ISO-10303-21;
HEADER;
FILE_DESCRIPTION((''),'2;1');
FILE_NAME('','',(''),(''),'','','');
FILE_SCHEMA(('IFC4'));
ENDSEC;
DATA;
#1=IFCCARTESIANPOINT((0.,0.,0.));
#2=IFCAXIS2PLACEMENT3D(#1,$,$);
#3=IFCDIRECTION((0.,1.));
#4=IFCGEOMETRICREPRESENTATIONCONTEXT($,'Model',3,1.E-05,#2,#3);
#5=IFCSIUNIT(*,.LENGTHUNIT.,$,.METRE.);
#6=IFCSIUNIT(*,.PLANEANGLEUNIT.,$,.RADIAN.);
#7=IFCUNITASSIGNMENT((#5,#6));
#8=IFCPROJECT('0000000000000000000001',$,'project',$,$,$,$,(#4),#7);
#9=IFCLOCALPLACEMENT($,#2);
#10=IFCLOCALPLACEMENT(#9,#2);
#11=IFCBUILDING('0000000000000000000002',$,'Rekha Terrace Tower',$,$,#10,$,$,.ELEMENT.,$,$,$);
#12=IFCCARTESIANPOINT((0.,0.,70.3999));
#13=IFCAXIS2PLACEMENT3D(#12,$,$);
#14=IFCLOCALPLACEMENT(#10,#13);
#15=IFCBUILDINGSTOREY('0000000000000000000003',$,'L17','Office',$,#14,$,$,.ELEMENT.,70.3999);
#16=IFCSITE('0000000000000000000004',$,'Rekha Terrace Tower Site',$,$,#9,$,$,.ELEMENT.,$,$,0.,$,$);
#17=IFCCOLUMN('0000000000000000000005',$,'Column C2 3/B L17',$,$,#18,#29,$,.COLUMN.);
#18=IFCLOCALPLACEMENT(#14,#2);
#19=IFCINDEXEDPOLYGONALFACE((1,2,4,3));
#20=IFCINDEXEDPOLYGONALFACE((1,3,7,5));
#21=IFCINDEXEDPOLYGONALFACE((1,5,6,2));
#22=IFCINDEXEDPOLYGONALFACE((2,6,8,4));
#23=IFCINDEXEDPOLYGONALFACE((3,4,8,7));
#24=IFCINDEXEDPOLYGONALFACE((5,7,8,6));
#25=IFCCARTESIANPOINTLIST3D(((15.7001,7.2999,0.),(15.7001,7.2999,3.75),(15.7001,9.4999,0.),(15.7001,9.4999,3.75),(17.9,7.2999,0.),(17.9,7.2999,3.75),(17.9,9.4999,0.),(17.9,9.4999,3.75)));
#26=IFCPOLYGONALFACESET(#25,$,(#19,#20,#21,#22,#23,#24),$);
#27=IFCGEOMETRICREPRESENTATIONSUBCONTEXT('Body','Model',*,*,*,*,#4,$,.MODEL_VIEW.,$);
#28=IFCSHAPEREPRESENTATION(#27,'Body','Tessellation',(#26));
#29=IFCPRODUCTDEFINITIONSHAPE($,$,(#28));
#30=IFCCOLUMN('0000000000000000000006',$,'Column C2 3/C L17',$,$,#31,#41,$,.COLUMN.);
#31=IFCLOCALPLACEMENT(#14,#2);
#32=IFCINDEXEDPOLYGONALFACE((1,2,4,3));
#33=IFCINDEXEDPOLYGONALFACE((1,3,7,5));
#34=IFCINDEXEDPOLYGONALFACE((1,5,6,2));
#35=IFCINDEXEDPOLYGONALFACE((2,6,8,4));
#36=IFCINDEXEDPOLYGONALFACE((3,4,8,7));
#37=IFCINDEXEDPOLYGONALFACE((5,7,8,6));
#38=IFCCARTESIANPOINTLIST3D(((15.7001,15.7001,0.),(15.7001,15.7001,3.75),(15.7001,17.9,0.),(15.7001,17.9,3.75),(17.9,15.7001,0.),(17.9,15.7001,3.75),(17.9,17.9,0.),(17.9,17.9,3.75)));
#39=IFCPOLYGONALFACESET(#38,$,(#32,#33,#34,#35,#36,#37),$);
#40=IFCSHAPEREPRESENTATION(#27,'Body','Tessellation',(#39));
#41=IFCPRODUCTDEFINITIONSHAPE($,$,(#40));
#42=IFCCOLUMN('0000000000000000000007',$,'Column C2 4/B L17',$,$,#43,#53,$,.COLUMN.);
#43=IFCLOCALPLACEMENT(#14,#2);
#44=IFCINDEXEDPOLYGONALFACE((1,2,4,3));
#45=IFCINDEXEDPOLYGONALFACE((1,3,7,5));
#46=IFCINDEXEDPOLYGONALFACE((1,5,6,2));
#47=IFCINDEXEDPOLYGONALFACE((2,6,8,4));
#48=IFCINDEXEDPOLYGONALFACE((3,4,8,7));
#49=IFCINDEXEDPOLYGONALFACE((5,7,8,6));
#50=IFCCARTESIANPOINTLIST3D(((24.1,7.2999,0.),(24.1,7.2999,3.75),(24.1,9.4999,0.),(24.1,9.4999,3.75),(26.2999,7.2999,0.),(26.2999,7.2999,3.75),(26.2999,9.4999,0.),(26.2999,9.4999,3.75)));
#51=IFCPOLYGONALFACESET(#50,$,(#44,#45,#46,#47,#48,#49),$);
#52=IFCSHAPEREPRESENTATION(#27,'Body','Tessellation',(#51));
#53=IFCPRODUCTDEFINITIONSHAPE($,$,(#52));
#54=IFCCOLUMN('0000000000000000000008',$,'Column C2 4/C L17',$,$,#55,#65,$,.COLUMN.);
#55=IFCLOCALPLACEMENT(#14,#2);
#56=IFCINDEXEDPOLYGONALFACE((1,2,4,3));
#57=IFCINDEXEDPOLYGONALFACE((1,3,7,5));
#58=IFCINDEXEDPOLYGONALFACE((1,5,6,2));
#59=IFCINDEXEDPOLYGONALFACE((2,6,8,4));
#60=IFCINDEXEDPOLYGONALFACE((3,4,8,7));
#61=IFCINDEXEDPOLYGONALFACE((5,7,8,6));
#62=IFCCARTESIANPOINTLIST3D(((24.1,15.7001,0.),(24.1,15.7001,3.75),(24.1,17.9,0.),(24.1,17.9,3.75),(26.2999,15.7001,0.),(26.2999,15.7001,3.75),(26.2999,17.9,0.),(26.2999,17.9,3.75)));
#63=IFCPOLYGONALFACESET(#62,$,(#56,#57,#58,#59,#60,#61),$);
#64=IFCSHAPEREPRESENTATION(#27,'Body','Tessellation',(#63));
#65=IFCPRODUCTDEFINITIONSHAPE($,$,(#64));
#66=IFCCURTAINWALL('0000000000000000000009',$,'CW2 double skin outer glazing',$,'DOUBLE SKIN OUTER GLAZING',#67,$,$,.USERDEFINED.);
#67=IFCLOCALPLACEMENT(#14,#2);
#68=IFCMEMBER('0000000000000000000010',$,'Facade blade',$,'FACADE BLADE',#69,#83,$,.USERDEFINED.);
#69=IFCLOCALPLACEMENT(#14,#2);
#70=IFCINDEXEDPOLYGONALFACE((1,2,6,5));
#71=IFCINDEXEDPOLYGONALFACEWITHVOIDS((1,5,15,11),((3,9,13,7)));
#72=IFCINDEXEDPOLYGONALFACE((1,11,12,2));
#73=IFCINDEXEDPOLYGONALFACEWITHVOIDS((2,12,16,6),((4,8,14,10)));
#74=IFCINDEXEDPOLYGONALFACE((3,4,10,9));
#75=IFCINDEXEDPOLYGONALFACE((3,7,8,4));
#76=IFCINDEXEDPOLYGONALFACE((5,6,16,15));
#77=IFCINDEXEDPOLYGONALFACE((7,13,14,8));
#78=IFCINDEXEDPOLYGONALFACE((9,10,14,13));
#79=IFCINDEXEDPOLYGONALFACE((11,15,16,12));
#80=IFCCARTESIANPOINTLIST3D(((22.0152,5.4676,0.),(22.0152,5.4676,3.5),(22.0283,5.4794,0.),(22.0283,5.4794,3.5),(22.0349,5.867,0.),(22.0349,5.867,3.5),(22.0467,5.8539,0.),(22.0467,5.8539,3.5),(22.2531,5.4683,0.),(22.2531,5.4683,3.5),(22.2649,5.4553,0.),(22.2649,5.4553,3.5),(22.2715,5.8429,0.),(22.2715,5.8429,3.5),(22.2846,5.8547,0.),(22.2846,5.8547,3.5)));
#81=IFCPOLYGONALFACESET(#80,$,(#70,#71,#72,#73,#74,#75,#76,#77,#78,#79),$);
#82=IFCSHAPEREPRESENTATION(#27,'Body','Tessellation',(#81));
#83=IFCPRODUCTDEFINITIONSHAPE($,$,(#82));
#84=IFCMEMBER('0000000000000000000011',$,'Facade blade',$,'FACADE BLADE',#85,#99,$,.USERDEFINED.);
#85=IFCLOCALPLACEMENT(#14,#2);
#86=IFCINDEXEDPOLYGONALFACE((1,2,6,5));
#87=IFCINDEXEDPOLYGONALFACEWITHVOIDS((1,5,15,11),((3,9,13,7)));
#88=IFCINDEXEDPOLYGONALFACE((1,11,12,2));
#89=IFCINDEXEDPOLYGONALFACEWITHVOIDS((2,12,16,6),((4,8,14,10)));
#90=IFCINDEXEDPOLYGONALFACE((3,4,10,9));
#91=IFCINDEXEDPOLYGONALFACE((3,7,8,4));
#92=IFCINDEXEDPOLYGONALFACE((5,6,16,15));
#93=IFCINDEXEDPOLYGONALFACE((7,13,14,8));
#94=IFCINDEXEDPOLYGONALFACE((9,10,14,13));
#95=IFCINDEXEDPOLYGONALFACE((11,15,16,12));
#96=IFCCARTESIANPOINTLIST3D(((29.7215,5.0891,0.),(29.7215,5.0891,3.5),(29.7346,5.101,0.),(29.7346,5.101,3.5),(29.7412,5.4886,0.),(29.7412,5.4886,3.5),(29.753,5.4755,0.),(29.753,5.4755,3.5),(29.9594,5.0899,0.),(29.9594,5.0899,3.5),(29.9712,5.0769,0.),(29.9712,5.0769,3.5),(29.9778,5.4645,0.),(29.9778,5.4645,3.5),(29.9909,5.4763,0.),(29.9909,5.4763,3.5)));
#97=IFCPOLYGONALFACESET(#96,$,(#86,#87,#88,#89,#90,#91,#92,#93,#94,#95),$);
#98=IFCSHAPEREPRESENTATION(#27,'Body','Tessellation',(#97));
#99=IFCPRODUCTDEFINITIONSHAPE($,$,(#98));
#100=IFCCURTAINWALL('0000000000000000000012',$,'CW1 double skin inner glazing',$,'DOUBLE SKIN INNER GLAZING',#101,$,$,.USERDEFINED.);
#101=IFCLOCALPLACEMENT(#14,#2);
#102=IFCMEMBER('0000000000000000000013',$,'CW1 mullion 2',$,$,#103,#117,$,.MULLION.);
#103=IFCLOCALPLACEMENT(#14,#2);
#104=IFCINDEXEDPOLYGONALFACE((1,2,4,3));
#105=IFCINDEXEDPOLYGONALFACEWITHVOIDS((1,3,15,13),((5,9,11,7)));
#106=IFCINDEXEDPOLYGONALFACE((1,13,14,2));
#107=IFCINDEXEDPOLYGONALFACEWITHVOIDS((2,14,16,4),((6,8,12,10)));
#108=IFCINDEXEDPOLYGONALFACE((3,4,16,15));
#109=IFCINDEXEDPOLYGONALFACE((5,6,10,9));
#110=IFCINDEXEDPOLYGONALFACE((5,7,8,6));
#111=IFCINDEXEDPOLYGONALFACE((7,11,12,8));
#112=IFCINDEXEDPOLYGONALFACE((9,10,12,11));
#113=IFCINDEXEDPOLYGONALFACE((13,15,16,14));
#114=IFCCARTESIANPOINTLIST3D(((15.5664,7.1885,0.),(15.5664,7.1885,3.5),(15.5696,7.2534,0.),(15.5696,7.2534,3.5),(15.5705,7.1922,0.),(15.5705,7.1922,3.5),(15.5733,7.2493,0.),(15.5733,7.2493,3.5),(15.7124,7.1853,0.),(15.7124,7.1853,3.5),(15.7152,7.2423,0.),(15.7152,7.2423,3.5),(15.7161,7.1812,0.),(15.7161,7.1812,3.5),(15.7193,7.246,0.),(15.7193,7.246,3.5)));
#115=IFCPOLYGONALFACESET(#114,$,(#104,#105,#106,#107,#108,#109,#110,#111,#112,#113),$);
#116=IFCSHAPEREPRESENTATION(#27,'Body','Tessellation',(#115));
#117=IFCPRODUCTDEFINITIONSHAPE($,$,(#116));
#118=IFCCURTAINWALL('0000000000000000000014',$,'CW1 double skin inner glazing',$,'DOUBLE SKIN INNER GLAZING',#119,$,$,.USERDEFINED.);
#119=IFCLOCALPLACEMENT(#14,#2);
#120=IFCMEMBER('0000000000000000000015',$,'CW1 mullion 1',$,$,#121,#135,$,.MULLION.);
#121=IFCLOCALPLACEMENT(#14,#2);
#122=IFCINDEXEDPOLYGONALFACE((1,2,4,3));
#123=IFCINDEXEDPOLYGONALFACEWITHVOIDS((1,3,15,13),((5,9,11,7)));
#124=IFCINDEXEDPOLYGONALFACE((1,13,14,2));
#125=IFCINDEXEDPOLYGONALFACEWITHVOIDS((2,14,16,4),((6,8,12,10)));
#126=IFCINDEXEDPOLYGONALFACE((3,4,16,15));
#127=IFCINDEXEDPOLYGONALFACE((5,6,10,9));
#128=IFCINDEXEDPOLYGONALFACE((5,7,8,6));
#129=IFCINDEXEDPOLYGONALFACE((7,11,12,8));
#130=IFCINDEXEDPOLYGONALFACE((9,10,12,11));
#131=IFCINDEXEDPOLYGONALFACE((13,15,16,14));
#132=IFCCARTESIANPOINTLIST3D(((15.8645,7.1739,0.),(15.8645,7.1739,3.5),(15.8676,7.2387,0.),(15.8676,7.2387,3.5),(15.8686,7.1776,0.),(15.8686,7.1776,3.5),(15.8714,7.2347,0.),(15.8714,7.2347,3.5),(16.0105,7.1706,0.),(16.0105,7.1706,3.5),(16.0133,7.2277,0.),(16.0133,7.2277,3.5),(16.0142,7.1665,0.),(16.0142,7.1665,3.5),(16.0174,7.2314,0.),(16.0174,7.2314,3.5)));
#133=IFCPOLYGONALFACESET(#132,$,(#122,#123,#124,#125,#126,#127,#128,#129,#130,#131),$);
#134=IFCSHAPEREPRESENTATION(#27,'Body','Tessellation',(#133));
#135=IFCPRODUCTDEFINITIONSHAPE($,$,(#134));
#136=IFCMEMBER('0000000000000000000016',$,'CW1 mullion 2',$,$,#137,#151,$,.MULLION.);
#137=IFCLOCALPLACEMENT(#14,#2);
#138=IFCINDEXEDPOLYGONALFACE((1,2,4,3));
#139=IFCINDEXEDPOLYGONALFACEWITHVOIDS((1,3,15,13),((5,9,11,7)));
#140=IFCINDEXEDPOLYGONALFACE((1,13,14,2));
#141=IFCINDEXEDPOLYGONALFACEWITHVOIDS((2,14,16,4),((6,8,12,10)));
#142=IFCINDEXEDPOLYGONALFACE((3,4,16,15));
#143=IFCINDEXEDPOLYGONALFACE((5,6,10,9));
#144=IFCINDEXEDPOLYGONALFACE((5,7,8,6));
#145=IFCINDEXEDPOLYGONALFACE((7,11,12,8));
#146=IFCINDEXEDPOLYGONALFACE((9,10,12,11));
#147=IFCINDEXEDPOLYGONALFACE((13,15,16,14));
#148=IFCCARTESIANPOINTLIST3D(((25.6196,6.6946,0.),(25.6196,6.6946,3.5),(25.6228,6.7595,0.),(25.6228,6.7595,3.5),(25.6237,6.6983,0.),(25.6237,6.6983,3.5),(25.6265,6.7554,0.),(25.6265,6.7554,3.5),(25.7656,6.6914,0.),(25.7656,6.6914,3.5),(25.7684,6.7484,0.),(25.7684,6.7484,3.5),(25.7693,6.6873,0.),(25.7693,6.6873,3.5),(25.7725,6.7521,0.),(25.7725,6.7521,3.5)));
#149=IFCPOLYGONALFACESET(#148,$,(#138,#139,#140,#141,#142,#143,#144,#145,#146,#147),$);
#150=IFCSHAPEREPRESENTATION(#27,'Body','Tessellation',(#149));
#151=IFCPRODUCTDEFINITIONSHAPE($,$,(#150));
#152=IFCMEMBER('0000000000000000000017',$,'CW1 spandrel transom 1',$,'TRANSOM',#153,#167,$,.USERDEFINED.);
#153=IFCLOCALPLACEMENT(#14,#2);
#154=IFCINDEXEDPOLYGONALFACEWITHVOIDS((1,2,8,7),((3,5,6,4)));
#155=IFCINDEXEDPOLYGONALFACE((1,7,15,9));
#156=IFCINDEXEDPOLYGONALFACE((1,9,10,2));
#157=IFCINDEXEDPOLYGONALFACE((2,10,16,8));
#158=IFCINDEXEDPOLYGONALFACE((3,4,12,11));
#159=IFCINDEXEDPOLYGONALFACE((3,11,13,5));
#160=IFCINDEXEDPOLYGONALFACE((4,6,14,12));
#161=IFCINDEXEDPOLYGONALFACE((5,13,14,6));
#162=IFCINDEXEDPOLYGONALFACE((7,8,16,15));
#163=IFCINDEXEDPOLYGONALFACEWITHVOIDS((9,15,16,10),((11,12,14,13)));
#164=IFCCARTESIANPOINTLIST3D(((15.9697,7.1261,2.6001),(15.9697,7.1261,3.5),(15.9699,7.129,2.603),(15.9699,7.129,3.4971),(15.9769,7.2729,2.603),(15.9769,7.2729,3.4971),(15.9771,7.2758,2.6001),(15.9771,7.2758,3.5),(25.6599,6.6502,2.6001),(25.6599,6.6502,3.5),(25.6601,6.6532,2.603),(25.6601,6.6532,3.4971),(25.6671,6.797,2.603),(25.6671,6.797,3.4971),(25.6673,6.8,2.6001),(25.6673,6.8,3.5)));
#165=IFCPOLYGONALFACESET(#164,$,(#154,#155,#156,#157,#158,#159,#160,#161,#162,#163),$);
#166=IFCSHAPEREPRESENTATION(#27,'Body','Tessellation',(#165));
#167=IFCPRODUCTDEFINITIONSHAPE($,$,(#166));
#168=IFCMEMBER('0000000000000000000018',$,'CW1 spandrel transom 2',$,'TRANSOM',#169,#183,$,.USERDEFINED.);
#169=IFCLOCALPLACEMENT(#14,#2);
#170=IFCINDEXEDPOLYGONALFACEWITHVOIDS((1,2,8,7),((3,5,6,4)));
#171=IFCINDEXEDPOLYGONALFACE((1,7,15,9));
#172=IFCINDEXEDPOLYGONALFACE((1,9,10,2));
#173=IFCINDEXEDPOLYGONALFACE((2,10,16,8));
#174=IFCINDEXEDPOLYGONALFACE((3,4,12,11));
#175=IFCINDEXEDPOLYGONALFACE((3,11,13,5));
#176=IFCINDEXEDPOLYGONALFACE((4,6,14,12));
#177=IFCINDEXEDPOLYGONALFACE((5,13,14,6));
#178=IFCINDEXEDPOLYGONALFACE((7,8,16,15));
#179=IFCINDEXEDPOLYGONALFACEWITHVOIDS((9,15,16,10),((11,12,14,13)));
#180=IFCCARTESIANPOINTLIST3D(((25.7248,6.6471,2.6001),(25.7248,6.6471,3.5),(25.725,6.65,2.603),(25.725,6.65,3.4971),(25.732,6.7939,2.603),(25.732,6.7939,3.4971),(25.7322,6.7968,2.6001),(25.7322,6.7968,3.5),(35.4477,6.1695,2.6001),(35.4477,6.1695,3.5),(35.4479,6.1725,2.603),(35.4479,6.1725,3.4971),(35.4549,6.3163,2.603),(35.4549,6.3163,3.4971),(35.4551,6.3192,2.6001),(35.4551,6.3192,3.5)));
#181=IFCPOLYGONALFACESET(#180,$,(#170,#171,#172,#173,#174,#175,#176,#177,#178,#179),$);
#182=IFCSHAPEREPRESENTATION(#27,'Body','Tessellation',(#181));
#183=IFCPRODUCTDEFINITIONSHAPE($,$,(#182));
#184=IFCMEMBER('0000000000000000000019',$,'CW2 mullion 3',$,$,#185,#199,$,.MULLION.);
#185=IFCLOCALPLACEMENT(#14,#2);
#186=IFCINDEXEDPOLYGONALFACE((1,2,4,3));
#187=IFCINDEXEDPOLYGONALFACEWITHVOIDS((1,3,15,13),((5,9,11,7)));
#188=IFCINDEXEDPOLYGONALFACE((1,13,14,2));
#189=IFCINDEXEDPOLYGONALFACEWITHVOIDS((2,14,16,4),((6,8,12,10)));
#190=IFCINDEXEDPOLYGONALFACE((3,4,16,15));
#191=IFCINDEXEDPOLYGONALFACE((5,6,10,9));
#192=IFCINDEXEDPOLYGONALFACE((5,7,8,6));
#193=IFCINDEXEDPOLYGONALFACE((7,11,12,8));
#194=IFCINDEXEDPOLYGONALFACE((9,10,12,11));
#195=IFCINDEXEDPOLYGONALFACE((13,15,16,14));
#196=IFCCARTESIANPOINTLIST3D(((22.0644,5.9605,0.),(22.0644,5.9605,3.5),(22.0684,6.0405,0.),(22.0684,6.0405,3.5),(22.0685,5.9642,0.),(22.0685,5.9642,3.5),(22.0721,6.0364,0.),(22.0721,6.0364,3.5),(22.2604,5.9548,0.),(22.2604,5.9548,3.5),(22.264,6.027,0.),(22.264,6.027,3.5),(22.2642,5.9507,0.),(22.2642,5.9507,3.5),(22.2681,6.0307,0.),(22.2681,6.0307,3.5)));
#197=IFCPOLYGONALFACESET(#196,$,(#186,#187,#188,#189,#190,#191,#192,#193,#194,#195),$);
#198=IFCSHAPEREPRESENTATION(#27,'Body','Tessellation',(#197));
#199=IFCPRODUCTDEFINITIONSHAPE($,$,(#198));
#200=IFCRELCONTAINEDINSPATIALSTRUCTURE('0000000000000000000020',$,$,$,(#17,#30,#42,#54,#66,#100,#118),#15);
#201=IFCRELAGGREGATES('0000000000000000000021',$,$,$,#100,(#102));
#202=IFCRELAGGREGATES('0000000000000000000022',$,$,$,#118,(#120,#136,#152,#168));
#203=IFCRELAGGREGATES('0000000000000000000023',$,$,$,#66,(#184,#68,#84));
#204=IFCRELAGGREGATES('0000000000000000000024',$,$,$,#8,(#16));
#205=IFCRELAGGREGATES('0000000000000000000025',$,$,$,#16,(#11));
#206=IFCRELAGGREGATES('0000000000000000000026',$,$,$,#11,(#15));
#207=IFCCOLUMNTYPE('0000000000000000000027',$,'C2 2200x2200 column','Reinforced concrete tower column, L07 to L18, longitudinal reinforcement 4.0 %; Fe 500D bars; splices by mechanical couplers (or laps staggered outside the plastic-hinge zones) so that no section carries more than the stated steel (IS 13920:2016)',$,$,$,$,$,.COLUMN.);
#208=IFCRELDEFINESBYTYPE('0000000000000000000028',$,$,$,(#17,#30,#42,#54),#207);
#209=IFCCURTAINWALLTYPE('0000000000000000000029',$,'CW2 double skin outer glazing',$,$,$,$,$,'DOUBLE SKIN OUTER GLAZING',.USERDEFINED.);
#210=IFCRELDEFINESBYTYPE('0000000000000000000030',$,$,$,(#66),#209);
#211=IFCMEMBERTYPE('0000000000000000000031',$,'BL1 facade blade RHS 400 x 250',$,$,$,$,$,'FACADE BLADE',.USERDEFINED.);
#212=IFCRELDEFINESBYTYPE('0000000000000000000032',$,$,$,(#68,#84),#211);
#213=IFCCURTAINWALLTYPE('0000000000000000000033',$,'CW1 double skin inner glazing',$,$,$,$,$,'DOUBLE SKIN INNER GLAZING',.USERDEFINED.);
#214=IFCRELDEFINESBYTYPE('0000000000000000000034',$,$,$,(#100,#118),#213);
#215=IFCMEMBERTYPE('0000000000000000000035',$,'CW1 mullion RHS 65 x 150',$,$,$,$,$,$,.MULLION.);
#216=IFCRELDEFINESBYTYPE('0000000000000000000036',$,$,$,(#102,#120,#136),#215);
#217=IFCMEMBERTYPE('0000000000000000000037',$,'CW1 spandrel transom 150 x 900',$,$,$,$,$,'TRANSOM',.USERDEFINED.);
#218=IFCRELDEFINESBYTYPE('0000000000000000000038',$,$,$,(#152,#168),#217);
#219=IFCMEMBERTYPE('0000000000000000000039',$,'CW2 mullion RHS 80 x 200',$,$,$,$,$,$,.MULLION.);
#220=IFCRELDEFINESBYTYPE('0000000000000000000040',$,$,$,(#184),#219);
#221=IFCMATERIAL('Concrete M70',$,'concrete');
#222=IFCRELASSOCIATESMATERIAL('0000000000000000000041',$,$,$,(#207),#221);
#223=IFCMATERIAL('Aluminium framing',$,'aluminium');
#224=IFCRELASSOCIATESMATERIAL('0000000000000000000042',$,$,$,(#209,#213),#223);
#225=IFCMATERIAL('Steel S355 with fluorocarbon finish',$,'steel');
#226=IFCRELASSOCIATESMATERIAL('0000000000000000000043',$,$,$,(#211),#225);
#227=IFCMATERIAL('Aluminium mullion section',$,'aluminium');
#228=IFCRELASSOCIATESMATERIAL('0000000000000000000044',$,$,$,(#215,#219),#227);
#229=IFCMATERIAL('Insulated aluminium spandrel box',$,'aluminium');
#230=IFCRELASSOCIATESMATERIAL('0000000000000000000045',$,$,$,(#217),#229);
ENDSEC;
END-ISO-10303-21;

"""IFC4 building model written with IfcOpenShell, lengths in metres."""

from ifc_helpers import new_model, si_unit, direction, frame, origin, origin_2d, place, context, subcontext, project, spatial, rectangle, hollow_rectangle, extrude, material, material_profile, profile_set, type_object, element, aggregate, save


model = new_model("IFC4")

# Units and contexts
model_context = context("Model", 3, precision=1e-05, world=origin(), true_north=direction((0.0, 1.0)))
body_context = subcontext(model_context, "Body", "Model", "MODEL_VIEW")
ifc_project = project(units=[si_unit("LENGTHUNIT", "METRE"), si_unit("PLANEANGLEUNIT", "RADIAN")], contexts=[model_context])

# Site, building, storey
site_placement = place(None, origin())
site = spatial("IfcSite", under=ifc_project, at=site_placement, Name="Rekha Terrace Tower Site", CompositionType="ELEMENT", RefElevation=0.0)
building_placement = place(site_placement, origin())
building = spatial("IfcBuilding", under=site, at=building_placement, Name="Rekha Terrace Tower", CompositionType="ELEMENT")
storey_placement = place(building_placement, frame((0.0, 0.0, 70.3999)))
storey = spatial("IfcBuildingStorey", under=building, at=storey_placement, Name="L17", Description="Office", CompositionType="ELEMENT", Elevation=70.3999)

# Columns
ifc_material_1 = material(Name="Concrete M70", Category="concrete")
ifc_material_profile_1 = material_profile(ifc_material_1, rectangle(XDim=2.2, YDim=2.2, at=origin_2d()), Name="RC 2200x2200")
ifc_profile_set_1 = profile_set([ifc_material_profile_1], Name="Concrete M70")
column_type = type_object("IfcColumnType", Name="C2 2200x2200 column", Description="Reinforced concrete tower column, L07 to L18, longitudinal reinforcement 4.0 %; Fe 500D bars; splices by mechanical couplers (or laps staggered outside the plastic-hinge zones) so that no section carries more than the stated steel (IS 13920:2016)", PredefinedType="COLUMN", material=ifc_profile_set_1)
for number, where, z_axis, x_axis, name in (
    (1, (16.8, 8.3999, 0.0), (0.0, 0.0, 1.0), (1.0, 0.0, 0.0), "Column C2 3/B L17"),
    (2, (16.8, 16.8, 0.0), (0.0, 0.0, 1.0), (1.0, 0.0, 0.0), "Column C2 3/C L17"),
    (3, (25.2, 8.3999, 0.0), (0.0, 0.0, 1.0), (1.0, 0.0, 0.0), "Column C2 4/B L17"),
    (4, (25.2, 16.8, 0.0), (0.0, 0.0, 1.0), (1.0, 0.0, 0.0), "Column C2 4/C L17"),
):
    element("IfcColumn", number, at=place(storey_placement, frame(where, z_axis=z_axis, x_axis=x_axis)), inside=storey, type_object=column_type, Name=name, PredefinedType="COLUMN", context=body_context, shape_type="SweptSolid", body=[
        extrude(rectangle(XDim=2.2, YDim=2.2, at=origin_2d()), origin(), (0.0, 0.0, 1.0), 3.75),
    ])

# Curtain wall, members
ifc_material_2 = material(Name="Aluminium framing", Category="aluminium")
curtain_wall_type_1 = type_object("IfcCurtainWallType", Name="CW2 double skin outer glazing", ElementType="DOUBLE SKIN OUTER GLAZING", PredefinedType="USERDEFINED", material=ifc_material_2)
curtain_wall_1_placement = place(storey_placement, origin())
curtain_wall_1 = element("IfcCurtainWall", 5, at=curtain_wall_1_placement, inside=storey, type_object=curtain_wall_type_1, Name="CW2 double skin outer glazing", ObjectType="DOUBLE SKIN OUTER GLAZING", PredefinedType="USERDEFINED")
ifc_material_3 = material(Name="Steel S355 with fluorocarbon finish", Category="steel")
ifc_material_profile_2 = material_profile(ifc_material_3, hollow_rectangle(XDim=0.25, YDim=0.3999, WallThickness=0.0125, at=origin_2d()), Name="RHS400x250x12.5")
ifc_profile_set_2 = profile_set([ifc_material_profile_2], Name="Steel S355 with fluorocarbon finish")
member_type_1 = type_object("IfcMemberType", Name="BL1 facade blade RHS 400 x 250", ElementType="FACADE BLADE", PredefinedType="USERDEFINED", material=ifc_profile_set_2)
member_1_placement = place(storey_placement, frame((22.1499, 5.6611, 0.0), z_axis=(0.0, 0.0, 1.0), x_axis=(0.998796, -0.049052, 0.0)))
member_1 = element("IfcMember", 6, at=member_1_placement, type_object=member_type_1, Name="Facade blade", ObjectType="FACADE BLADE", PredefinedType="USERDEFINED", context=body_context, shape_type="SweptSolid", body=[
    extrude(hollow_rectangle(XDim=0.25, YDim=0.3999, WallThickness=0.0125, at=origin_2d()), origin(), (0.0, 0.0, 1.0), 3.5),
])
member_2_placement = place(storey_placement, frame((29.8562, 5.2827, 0.0), z_axis=(0.0, 0.0, 1.0), x_axis=(0.998796, -0.049052, 0.0)))
member_2 = element("IfcMember", 7, at=member_2_placement, type_object=member_type_1, Name="Facade blade", ObjectType="FACADE BLADE", PredefinedType="USERDEFINED", context=body_context, shape_type="SweptSolid", body=[
    extrude(hollow_rectangle(XDim=0.25, YDim=0.3999, WallThickness=0.0125, at=origin_2d()), origin(), (0.0, 0.0, 1.0), 3.5),
])

# Curtain wall, member
curtain_wall_type_2 = type_object("IfcCurtainWallType", Name="CW1 double skin inner glazing", ElementType="DOUBLE SKIN INNER GLAZING", PredefinedType="USERDEFINED", material=ifc_material_2)
curtain_wall_2_placement = place(storey_placement, origin())
curtain_wall_2 = element("IfcCurtainWall", 8, at=curtain_wall_2_placement, inside=storey, type_object=curtain_wall_type_2, Name="CW1 double skin inner glazing", ObjectType="DOUBLE SKIN INNER GLAZING", PredefinedType="USERDEFINED")
ifc_material_4 = material(Name="Aluminium mullion section", Category="aluminium")
ifc_material_profile_3 = material_profile(ifc_material_4, hollow_rectangle(XDim=0.0649, YDim=0.1499, WallThickness=0.0039, at=origin_2d()), Name="AL RHS 65x150")
ifc_profile_set_3 = profile_set([ifc_material_profile_3], Name="Aluminium mullion section")
member_type_2 = type_object("IfcMemberType", Name="CW1 mullion RHS 65 x 150", PredefinedType="MULLION", material=ifc_profile_set_3)
member_3_placement = place(storey_placement, frame((15.6428, 7.2173, 0.0), z_axis=(0.0, 0.0, 1.0), x_axis=(0.049052, 0.998796, 0.0)))
member_3 = element("IfcMember", 9, at=member_3_placement, type_object=member_type_2, Name="CW1 mullion 2", PredefinedType="MULLION", context=body_context, shape_type="SweptSolid", body=[
    extrude(hollow_rectangle(XDim=0.0649, YDim=0.1499, WallThickness=0.0039, at=origin_2d()), origin(), (0.0, 0.0, 1.0), 3.5),
])
aggregate(curtain_wall_2, [member_3])

# Curtain wall, members
curtain_wall_3_placement = place(storey_placement, origin())
curtain_wall_3 = element("IfcCurtainWall", 10, at=curtain_wall_3_placement, inside=storey, type_object=curtain_wall_type_2, Name="CW1 double skin inner glazing", ObjectType="DOUBLE SKIN INNER GLAZING", PredefinedType="USERDEFINED")
member_4_placement = place(storey_placement, frame((15.9409, 7.2026, 0.0), z_axis=(0.0, 0.0, 1.0), x_axis=(0.049052, 0.998796, 0.0)))
member_4 = element("IfcMember", 11, at=member_4_placement, type_object=member_type_2, Name="CW1 mullion 1", PredefinedType="MULLION", context=body_context, shape_type="SweptSolid", body=[
    extrude(hollow_rectangle(XDim=0.0649, YDim=0.1499, WallThickness=0.0039, at=origin_2d()), origin(), (0.0, 0.0, 1.0), 3.5),
])
member_5_placement = place(storey_placement, frame((25.696, 6.7234, 0.0), z_axis=(0.0, 0.0, 1.0), x_axis=(0.049052, 0.998796, 0.0)))
member_5 = element("IfcMember", 12, at=member_5_placement, type_object=member_type_2, Name="CW1 mullion 2", PredefinedType="MULLION", context=body_context, shape_type="SweptSolid", body=[
    extrude(hollow_rectangle(XDim=0.0649, YDim=0.1499, WallThickness=0.0039, at=origin_2d()), origin(), (0.0, 0.0, 1.0), 3.5),
])
ifc_material_5 = material(Name="Insulated aluminium spandrel box", Category="aluminium")
ifc_material_profile_4 = material_profile(ifc_material_5, hollow_rectangle(XDim=0.1499, YDim=0.8999, WallThickness=0.0029, at=origin_2d()), Name="AL SPANDREL BOX 150x900")
ifc_profile_set_4 = profile_set([ifc_material_profile_4], Name="Insulated aluminium spandrel box")
member_type_3 = type_object("IfcMemberType", Name="CW1 spandrel transom 150 x 900", ElementType="TRANSOM", PredefinedType="USERDEFINED", material=ifc_profile_set_4)
member_6_placement = place(storey_placement, frame((15.9734, 7.2009, 3.05), z_axis=(0.998797, -0.049045, 0.0), x_axis=(0.049045, 0.998797, 0.0)))
member_6 = element("IfcMember", 13, at=member_6_placement, type_object=member_type_3, Name="CW1 spandrel transom 1", ObjectType="TRANSOM", PredefinedType="USERDEFINED", context=body_context, shape_type="SweptSolid", body=[
    extrude(hollow_rectangle(XDim=0.1499, YDim=0.8999, WallThickness=0.0029, at=origin_2d()), origin(), (0.0, 0.0, 1.0), 9.7019),
])
member_7_placement = place(storey_placement, frame((25.7285, 6.7219, 3.05), z_axis=(0.998796, -0.049056, 0.0), x_axis=(0.049056, 0.998796, 0.0)))
member_7 = element("IfcMember", 14, at=member_7_placement, type_object=member_type_3, Name="CW1 spandrel transom 2", ObjectType="TRANSOM", PredefinedType="USERDEFINED", context=body_context, shape_type="SweptSolid", body=[
    extrude(hollow_rectangle(XDim=0.1499, YDim=0.8999, WallThickness=0.0029, at=origin_2d()), origin(), (0.0, 0.0, 1.0), 9.7346),
])

# Member
ifc_material_profile_5 = material_profile(ifc_material_4, hollow_rectangle(XDim=0.0801, YDim=0.2, WallThickness=0.0039, at=origin_2d()), Name="AL RHS 80x200")
ifc_profile_set_5 = profile_set([ifc_material_profile_5], Name="Aluminium mullion section")
member_type_4 = type_object("IfcMemberType", Name="CW2 mullion RHS 80 x 200", PredefinedType="MULLION", material=ifc_profile_set_5)
member_8_placement = place(storey_placement, frame((22.1663, 5.9956, 0.0), z_axis=(0.0, 0.0, 1.0), x_axis=(0.049052, 0.998796, 0.0)))
member_8 = element("IfcMember", 15, at=member_8_placement, type_object=member_type_4, Name="CW2 mullion 3", PredefinedType="MULLION", context=body_context, shape_type="SweptSolid", body=[
    extrude(hollow_rectangle(XDim=0.0801, YDim=0.2, WallThickness=0.0039, at=origin_2d()), origin(), (0.0, 0.0, 1.0), 3.5),
])

aggregate(curtain_wall_3, [member_4, member_5, member_6, member_7])
aggregate(curtain_wall_1, [member_8, member_1, member_2])

save(model, "model.ifc")
